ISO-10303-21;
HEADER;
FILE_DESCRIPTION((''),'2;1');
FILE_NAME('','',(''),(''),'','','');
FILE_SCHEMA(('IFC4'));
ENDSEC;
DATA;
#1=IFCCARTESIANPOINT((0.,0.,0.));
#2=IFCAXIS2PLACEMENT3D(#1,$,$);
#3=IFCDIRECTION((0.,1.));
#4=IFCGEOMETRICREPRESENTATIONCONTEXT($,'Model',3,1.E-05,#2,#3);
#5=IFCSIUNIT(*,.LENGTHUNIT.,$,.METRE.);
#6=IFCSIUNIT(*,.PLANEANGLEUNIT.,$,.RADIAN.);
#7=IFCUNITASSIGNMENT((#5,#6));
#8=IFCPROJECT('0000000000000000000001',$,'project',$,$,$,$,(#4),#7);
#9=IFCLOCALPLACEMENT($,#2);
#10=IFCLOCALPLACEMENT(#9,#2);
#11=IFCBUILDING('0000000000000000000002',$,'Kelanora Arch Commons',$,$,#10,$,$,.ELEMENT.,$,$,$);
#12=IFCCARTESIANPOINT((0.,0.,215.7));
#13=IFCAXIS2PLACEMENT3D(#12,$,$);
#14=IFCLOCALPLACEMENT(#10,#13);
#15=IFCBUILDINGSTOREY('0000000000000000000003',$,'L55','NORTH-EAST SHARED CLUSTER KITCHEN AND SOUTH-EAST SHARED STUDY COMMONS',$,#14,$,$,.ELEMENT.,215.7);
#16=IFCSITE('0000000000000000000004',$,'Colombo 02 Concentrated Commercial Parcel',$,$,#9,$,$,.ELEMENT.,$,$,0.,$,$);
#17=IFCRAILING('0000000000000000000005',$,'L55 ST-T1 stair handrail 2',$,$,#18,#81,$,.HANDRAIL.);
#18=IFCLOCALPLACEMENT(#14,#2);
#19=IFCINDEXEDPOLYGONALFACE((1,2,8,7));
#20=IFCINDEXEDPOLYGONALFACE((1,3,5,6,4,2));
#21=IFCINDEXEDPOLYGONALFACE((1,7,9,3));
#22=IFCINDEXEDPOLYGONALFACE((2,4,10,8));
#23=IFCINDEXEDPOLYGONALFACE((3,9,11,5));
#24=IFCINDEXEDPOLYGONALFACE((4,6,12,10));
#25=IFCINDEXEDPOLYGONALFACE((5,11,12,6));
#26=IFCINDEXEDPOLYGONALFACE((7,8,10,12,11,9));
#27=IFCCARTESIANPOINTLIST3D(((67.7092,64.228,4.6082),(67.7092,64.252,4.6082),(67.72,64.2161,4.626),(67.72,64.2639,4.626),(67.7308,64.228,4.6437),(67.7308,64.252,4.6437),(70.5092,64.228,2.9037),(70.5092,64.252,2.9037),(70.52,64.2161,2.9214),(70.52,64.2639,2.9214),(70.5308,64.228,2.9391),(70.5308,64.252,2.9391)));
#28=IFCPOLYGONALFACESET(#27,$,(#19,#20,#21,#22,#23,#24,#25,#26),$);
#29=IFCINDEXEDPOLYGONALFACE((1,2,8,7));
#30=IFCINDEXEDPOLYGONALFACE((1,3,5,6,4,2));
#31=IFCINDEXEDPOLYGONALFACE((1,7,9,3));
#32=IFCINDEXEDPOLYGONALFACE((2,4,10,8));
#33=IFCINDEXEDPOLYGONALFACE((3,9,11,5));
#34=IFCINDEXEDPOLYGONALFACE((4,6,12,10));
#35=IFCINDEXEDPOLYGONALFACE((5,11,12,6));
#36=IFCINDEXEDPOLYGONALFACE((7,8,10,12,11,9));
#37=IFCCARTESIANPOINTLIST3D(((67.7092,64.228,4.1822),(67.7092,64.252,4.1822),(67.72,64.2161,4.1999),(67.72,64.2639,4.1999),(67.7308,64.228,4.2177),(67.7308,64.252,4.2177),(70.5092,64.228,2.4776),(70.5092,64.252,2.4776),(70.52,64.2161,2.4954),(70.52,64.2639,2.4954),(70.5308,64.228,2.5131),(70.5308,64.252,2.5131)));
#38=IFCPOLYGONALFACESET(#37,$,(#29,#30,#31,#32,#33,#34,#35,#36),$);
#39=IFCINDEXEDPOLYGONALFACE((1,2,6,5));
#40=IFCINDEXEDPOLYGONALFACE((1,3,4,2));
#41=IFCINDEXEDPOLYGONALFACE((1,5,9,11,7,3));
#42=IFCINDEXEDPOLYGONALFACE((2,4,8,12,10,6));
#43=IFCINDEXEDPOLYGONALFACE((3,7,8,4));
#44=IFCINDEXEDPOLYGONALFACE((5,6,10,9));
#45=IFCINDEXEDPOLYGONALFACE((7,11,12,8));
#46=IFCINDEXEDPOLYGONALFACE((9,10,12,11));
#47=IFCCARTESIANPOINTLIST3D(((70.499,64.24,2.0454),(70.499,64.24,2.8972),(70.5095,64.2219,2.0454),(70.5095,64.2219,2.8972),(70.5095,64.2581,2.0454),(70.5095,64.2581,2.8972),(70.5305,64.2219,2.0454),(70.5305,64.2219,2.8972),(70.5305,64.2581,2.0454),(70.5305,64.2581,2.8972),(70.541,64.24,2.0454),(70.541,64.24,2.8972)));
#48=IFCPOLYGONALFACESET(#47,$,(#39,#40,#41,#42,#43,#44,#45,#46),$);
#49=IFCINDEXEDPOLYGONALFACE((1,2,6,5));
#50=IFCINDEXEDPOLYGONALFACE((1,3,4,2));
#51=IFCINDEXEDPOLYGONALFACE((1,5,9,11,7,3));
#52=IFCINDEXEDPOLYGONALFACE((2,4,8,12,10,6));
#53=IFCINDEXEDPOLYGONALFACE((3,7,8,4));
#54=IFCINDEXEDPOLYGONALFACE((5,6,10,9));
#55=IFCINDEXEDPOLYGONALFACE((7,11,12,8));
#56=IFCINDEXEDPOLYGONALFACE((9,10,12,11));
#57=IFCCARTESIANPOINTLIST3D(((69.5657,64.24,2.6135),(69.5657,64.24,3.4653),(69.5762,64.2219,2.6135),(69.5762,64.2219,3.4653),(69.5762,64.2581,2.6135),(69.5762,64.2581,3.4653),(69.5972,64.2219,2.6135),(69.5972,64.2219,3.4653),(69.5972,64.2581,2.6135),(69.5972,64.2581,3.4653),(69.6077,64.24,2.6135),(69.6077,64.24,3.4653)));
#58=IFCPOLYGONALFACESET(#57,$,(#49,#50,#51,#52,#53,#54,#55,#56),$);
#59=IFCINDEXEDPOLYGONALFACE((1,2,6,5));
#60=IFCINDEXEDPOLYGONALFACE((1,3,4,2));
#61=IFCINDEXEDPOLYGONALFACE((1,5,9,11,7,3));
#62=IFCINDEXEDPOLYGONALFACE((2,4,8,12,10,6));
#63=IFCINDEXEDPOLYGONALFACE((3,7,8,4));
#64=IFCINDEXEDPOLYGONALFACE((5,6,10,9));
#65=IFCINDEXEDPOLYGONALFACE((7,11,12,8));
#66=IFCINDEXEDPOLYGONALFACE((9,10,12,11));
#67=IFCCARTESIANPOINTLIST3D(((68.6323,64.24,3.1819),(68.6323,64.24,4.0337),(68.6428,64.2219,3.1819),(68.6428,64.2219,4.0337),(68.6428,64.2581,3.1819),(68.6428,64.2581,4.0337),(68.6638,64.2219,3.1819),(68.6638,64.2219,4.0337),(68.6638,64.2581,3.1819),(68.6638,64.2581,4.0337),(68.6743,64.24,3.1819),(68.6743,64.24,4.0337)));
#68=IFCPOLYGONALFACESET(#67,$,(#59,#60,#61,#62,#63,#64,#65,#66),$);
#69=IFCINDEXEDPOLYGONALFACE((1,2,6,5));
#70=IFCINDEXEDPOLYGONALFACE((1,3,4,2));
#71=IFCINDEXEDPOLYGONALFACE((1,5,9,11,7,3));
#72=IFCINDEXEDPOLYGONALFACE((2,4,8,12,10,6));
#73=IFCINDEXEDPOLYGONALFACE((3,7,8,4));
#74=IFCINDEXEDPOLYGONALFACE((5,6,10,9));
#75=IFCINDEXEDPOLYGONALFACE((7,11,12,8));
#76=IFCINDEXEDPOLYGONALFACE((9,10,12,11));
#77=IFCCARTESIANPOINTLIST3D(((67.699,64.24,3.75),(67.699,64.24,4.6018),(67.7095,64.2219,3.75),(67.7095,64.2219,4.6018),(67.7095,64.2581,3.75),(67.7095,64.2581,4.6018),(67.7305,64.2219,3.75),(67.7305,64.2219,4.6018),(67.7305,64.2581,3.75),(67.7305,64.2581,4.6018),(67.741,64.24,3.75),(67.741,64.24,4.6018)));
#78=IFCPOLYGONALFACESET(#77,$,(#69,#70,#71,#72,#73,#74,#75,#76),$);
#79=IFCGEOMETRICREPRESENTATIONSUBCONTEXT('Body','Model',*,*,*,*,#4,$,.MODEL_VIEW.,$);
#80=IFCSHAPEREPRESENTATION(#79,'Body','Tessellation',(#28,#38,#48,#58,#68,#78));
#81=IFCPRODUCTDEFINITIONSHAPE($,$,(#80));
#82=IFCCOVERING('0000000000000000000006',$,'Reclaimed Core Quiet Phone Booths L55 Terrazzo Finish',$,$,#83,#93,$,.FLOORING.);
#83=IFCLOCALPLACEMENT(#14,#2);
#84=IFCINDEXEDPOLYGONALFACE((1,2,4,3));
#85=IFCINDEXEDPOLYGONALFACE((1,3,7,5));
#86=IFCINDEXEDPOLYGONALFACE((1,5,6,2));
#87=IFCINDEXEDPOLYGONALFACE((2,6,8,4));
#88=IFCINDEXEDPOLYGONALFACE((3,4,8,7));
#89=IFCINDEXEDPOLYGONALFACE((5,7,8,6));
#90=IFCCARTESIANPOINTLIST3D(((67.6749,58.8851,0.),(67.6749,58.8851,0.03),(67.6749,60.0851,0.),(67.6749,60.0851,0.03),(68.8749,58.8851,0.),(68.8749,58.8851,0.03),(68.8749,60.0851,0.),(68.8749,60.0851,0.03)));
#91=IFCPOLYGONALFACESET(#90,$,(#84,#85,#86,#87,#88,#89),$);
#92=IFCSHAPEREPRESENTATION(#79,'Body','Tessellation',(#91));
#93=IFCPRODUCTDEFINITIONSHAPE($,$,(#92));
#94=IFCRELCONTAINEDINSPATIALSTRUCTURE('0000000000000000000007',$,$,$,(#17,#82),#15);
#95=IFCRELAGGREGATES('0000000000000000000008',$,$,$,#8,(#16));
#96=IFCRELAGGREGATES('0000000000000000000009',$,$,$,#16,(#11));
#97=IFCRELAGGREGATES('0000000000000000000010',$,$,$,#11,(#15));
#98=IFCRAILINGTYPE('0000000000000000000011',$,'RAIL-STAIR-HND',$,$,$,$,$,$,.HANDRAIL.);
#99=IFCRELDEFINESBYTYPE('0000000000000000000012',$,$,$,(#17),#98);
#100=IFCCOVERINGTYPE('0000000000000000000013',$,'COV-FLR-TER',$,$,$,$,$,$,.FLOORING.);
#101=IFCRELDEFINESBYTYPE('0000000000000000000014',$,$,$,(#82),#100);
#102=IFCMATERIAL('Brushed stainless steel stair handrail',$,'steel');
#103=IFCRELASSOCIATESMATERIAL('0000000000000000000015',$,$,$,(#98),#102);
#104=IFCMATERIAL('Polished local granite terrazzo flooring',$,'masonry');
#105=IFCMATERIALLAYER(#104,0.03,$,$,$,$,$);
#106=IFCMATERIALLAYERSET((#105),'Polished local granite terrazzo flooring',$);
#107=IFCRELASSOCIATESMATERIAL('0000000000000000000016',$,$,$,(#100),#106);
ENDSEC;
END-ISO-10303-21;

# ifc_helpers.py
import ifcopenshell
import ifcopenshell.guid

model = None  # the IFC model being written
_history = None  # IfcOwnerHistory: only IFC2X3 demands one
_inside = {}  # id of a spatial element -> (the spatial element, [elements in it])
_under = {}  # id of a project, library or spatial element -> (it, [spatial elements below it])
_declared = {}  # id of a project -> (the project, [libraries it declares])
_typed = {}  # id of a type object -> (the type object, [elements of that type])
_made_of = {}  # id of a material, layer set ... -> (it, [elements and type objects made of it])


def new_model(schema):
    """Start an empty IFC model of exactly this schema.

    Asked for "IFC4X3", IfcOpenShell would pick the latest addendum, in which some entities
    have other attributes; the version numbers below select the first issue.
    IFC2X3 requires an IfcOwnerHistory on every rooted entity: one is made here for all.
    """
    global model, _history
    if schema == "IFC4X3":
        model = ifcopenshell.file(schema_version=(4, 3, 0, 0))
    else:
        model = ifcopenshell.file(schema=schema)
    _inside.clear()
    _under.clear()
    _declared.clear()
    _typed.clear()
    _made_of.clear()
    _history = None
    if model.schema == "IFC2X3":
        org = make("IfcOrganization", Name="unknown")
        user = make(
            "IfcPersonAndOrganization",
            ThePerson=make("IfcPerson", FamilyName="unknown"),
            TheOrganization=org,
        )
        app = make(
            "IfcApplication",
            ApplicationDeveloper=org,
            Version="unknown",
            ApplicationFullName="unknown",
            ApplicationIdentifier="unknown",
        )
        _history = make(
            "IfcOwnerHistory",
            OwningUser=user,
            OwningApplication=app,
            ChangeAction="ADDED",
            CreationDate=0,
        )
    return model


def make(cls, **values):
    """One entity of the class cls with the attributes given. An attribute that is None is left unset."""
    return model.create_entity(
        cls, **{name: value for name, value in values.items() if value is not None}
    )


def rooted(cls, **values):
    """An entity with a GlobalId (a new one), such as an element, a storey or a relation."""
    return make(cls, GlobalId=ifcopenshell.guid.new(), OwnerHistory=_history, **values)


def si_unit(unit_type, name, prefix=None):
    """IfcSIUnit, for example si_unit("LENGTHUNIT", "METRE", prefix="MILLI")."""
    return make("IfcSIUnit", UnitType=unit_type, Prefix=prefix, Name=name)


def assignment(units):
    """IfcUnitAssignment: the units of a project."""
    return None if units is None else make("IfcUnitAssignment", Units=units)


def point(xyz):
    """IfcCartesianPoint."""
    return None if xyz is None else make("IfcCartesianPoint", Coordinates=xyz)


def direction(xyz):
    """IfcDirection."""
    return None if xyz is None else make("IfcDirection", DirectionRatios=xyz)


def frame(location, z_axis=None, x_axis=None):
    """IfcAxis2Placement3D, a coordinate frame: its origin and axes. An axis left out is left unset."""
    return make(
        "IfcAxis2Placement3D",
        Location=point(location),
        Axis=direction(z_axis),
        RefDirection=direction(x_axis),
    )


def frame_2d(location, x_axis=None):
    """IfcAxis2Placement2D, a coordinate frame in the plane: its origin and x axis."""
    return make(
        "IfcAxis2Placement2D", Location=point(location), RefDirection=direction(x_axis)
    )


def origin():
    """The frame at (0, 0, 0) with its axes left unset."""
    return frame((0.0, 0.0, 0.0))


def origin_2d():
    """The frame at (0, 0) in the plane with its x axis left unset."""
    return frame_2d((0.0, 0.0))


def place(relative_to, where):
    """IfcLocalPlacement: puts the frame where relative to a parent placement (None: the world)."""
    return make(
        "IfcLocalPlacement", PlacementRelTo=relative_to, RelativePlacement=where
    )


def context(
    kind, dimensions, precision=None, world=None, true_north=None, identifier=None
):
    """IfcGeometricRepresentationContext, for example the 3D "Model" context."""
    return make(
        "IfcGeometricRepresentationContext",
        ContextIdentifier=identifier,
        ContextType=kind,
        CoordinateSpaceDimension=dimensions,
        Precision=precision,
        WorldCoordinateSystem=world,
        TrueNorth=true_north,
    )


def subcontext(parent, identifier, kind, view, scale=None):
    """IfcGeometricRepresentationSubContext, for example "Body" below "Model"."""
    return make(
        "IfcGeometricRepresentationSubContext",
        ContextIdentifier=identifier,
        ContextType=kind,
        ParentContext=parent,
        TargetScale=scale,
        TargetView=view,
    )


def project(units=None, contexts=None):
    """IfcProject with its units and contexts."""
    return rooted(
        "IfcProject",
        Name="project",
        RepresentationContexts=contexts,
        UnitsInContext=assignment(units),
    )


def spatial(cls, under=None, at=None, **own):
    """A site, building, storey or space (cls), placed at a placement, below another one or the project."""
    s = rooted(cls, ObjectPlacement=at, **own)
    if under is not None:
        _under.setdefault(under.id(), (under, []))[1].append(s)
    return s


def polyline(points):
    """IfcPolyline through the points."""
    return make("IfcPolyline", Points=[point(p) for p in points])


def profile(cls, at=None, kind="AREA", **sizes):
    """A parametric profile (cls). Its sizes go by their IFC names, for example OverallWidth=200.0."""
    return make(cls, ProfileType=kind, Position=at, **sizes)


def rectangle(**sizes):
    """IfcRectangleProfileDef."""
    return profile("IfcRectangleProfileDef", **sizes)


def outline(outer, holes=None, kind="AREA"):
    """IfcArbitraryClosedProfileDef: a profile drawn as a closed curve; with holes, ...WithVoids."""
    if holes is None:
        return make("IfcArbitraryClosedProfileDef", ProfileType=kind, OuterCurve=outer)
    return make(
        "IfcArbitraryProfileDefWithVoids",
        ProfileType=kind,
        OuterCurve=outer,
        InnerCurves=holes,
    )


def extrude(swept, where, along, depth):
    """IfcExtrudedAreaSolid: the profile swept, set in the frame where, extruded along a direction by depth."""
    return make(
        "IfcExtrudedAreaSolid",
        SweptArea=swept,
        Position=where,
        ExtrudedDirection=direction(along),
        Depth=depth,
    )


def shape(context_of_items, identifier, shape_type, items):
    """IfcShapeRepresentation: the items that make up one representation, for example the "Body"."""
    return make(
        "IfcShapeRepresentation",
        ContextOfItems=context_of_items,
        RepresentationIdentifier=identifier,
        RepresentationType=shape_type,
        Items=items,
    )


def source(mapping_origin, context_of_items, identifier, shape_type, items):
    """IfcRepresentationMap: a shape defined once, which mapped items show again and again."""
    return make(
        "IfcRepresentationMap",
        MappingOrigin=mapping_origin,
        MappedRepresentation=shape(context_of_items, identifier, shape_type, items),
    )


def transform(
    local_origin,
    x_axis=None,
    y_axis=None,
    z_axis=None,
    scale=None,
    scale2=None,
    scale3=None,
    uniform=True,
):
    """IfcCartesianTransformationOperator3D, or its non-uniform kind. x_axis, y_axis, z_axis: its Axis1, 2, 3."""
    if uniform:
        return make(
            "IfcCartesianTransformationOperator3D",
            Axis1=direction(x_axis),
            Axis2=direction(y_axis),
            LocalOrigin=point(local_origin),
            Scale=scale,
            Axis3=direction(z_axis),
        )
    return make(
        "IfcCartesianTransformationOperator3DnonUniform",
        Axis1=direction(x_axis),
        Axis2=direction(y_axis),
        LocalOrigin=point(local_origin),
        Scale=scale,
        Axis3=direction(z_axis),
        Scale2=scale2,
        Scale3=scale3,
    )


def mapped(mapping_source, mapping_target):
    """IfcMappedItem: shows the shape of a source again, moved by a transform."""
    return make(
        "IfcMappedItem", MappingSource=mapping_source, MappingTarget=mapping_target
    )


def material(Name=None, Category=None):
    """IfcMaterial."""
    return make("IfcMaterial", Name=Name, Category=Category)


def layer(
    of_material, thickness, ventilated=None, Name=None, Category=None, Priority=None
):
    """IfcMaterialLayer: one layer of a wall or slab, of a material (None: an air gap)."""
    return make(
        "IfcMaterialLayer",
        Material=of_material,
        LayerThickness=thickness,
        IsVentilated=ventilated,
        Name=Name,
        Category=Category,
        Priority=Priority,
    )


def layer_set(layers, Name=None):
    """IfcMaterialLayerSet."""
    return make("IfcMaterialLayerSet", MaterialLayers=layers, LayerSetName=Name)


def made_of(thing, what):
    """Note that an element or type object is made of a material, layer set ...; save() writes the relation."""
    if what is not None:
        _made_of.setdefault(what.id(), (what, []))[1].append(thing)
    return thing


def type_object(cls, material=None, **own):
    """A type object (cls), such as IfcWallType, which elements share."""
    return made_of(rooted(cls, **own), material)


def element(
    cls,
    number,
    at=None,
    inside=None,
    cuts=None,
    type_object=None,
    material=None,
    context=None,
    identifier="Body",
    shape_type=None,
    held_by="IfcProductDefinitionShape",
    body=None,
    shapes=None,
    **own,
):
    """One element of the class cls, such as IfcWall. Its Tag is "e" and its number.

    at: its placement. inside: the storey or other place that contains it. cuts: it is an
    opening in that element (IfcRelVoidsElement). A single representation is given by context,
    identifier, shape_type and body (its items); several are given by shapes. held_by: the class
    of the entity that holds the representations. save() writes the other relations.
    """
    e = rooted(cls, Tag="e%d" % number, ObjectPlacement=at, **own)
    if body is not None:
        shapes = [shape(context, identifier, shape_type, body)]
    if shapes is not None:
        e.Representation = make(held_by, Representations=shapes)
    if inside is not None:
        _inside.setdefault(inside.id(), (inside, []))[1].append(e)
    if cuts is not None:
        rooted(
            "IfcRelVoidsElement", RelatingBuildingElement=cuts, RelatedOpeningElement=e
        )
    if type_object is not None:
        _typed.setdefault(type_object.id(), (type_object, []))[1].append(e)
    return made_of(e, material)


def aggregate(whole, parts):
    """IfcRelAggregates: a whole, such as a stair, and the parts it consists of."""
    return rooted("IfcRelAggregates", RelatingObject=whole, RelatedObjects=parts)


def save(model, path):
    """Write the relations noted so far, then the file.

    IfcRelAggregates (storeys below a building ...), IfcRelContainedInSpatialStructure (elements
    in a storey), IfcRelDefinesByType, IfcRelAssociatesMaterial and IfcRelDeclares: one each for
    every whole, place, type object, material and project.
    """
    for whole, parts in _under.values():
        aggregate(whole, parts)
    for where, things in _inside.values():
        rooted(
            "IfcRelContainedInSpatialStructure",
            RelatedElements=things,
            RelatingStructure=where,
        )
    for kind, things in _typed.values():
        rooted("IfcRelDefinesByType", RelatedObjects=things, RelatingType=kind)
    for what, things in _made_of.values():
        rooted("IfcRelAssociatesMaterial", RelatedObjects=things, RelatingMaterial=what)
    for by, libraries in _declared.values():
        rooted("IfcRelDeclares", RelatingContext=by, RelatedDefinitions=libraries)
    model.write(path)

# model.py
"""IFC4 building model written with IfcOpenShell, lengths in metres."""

from ifc_helpers import new_model, si_unit, direction, frame, origin, origin_2d, place, context, subcontext, project, spatial, polyline, rectangle, outline, extrude, source, transform, mapped, material, layer, layer_set, type_object, element, save


model = new_model("IFC4")

# Units and contexts
model_context = context("Model", 3, precision=1e-05, world=origin(), true_north=direction((0.0, 1.0)))
body_context = subcontext(model_context, "Body", "Model", "MODEL_VIEW")
ifc_project = project(units=[si_unit("LENGTHUNIT", "METRE"), si_unit("PLANEANGLEUNIT", "RADIAN")], contexts=[model_context])

# Site, building, storey
site_placement = place(None, origin())
site = spatial("IfcSite", under=ifc_project, at=site_placement, Name="Colombo 02 Concentrated Commercial Parcel", CompositionType="ELEMENT", RefElevation=0.0)
building_placement = place(site_placement, origin())
building = spatial("IfcBuilding", under=site, at=building_placement, Name="Kelanora Arch Commons", CompositionType="ELEMENT")
storey_placement = place(building_placement, frame((0.0, 0.0, 215.7)))
storey = spatial("IfcBuildingStorey", under=building, at=storey_placement, Name="L55", Description="NORTH-EAST SHARED CLUSTER KITCHEN AND SOUTH-EAST SHARED STUDY COMMONS", CompositionType="ELEMENT", Elevation=215.7)

# Railing
ifc_material_1 = material(Name="Brushed stainless steel stair handrail", Category="steel")
railing_type_1 = type_object("IfcRailingType", Name="RAIL-STAIR-HND", PredefinedType="HANDRAIL", material=ifc_material_1)
railing_1_placement = place(storey_placement, frame((70.52, 64.24, 2.0454)))
element("IfcRailing", 1, at=railing_1_placement, inside=storey, type_object=railing_type_1, Name="L55 ST-T1 stair handrail 2", PredefinedType="HANDRAIL", context=body_context, shape_type="SweptSolid", body=[
    extrude(outline(polyline([(0.0239, 0.0), (0.012, 0.0208), (-0.012, 0.0208), (-0.0239, 0.0), (-0.012, -0.0208), (0.012, -0.0208), (0.0239, 0.0)])), frame((0.0, 0.0, 0.876), z_axis=(-0.85417, 0.0, 0.519994), x_axis=(0.0, -1.0, 0.0)), (0.0, 0.0, 1.0), 3.2781),
    extrude(outline(polyline([(0.0239, 0.0), (0.012, 0.0208), (-0.012, 0.0208), (-0.0239, 0.0), (-0.012, -0.0208), (0.012, -0.0208), (0.0239, 0.0)])), frame((0.0, 0.0, 0.45), z_axis=(-0.85417, 0.0, 0.519994), x_axis=(0.0, -1.0, 0.0)), (0.0, 0.0, 1.0), 3.2781),
    extrude(outline(polyline([(0.021, 0.0), (0.0105, 0.0181), (-0.0105, 0.0181), (-0.021, 0.0), (-0.0105, -0.0181), (0.0105, -0.0181), (0.021, 0.0)])), origin(), (0.0, 0.0, 1.0), 0.8518),
    extrude(outline(polyline([(0.021, 0.0), (0.0105, 0.0181), (-0.0105, 0.0181), (-0.021, 0.0), (-0.0105, -0.0181), (0.0105, -0.0181), (0.021, 0.0)])), frame((-0.9333, 0.0, 0.5681)), (0.0, 0.0, 1.0), 0.8518),
    extrude(outline(polyline([(0.021, 0.0), (0.0105, 0.0181), (-0.0105, 0.0181), (-0.021, 0.0), (-0.0105, -0.0181), (0.0105, -0.0181), (0.021, 0.0)])), frame((-1.8667, 0.0, 1.1365)), (0.0, 0.0, 1.0), 0.8518),
    extrude(outline(polyline([(0.021, 0.0), (0.0105, 0.0181), (-0.0105, 0.0181), (-0.021, 0.0), (-0.0105, -0.0181), (0.0105, -0.0181), (0.021, 0.0)])), frame((-2.8, 0.0, 1.7046)), (0.0, 0.0, 1.0), 0.8518),
])

# Covering
ifc_material_2 = material(Name="Polished local granite terrazzo flooring", Category="masonry")
ifc_layer_1 = layer(ifc_material_2, 0.03)
ifc_layer_set_1 = layer_set([ifc_layer_1], Name="Polished local granite terrazzo flooring")
covering_type = type_object("IfcCoveringType", Name="COV-FLR-TER", PredefinedType="FLOORING", material=ifc_layer_set_1)
shared_shape = source(origin(), body_context, "Body", "SweptSolid", [
    extrude(rectangle(XDim=1.2, YDim=1.2, at=origin_2d()), origin(), (0.0, 0.0, 1.0), 0.03),
])
covering_placement = place(storey_placement, frame((68.2749, 59.4851, 0.0), z_axis=(0.0, 0.0, 1.0), x_axis=(1.0, 0.0, 0.0)))
element("IfcCovering", 2, at=covering_placement, inside=storey, type_object=covering_type, Name="Reclaimed Core Quiet Phone Booths L55 Terrazzo Finish", PredefinedType="FLOORING", context=body_context, shape_type="MappedRepresentation", body=[
    mapped(shared_shape, transform((0.0, 0.0, 0.0), scale=1.0)),
])

save(model, "model.ifc")
